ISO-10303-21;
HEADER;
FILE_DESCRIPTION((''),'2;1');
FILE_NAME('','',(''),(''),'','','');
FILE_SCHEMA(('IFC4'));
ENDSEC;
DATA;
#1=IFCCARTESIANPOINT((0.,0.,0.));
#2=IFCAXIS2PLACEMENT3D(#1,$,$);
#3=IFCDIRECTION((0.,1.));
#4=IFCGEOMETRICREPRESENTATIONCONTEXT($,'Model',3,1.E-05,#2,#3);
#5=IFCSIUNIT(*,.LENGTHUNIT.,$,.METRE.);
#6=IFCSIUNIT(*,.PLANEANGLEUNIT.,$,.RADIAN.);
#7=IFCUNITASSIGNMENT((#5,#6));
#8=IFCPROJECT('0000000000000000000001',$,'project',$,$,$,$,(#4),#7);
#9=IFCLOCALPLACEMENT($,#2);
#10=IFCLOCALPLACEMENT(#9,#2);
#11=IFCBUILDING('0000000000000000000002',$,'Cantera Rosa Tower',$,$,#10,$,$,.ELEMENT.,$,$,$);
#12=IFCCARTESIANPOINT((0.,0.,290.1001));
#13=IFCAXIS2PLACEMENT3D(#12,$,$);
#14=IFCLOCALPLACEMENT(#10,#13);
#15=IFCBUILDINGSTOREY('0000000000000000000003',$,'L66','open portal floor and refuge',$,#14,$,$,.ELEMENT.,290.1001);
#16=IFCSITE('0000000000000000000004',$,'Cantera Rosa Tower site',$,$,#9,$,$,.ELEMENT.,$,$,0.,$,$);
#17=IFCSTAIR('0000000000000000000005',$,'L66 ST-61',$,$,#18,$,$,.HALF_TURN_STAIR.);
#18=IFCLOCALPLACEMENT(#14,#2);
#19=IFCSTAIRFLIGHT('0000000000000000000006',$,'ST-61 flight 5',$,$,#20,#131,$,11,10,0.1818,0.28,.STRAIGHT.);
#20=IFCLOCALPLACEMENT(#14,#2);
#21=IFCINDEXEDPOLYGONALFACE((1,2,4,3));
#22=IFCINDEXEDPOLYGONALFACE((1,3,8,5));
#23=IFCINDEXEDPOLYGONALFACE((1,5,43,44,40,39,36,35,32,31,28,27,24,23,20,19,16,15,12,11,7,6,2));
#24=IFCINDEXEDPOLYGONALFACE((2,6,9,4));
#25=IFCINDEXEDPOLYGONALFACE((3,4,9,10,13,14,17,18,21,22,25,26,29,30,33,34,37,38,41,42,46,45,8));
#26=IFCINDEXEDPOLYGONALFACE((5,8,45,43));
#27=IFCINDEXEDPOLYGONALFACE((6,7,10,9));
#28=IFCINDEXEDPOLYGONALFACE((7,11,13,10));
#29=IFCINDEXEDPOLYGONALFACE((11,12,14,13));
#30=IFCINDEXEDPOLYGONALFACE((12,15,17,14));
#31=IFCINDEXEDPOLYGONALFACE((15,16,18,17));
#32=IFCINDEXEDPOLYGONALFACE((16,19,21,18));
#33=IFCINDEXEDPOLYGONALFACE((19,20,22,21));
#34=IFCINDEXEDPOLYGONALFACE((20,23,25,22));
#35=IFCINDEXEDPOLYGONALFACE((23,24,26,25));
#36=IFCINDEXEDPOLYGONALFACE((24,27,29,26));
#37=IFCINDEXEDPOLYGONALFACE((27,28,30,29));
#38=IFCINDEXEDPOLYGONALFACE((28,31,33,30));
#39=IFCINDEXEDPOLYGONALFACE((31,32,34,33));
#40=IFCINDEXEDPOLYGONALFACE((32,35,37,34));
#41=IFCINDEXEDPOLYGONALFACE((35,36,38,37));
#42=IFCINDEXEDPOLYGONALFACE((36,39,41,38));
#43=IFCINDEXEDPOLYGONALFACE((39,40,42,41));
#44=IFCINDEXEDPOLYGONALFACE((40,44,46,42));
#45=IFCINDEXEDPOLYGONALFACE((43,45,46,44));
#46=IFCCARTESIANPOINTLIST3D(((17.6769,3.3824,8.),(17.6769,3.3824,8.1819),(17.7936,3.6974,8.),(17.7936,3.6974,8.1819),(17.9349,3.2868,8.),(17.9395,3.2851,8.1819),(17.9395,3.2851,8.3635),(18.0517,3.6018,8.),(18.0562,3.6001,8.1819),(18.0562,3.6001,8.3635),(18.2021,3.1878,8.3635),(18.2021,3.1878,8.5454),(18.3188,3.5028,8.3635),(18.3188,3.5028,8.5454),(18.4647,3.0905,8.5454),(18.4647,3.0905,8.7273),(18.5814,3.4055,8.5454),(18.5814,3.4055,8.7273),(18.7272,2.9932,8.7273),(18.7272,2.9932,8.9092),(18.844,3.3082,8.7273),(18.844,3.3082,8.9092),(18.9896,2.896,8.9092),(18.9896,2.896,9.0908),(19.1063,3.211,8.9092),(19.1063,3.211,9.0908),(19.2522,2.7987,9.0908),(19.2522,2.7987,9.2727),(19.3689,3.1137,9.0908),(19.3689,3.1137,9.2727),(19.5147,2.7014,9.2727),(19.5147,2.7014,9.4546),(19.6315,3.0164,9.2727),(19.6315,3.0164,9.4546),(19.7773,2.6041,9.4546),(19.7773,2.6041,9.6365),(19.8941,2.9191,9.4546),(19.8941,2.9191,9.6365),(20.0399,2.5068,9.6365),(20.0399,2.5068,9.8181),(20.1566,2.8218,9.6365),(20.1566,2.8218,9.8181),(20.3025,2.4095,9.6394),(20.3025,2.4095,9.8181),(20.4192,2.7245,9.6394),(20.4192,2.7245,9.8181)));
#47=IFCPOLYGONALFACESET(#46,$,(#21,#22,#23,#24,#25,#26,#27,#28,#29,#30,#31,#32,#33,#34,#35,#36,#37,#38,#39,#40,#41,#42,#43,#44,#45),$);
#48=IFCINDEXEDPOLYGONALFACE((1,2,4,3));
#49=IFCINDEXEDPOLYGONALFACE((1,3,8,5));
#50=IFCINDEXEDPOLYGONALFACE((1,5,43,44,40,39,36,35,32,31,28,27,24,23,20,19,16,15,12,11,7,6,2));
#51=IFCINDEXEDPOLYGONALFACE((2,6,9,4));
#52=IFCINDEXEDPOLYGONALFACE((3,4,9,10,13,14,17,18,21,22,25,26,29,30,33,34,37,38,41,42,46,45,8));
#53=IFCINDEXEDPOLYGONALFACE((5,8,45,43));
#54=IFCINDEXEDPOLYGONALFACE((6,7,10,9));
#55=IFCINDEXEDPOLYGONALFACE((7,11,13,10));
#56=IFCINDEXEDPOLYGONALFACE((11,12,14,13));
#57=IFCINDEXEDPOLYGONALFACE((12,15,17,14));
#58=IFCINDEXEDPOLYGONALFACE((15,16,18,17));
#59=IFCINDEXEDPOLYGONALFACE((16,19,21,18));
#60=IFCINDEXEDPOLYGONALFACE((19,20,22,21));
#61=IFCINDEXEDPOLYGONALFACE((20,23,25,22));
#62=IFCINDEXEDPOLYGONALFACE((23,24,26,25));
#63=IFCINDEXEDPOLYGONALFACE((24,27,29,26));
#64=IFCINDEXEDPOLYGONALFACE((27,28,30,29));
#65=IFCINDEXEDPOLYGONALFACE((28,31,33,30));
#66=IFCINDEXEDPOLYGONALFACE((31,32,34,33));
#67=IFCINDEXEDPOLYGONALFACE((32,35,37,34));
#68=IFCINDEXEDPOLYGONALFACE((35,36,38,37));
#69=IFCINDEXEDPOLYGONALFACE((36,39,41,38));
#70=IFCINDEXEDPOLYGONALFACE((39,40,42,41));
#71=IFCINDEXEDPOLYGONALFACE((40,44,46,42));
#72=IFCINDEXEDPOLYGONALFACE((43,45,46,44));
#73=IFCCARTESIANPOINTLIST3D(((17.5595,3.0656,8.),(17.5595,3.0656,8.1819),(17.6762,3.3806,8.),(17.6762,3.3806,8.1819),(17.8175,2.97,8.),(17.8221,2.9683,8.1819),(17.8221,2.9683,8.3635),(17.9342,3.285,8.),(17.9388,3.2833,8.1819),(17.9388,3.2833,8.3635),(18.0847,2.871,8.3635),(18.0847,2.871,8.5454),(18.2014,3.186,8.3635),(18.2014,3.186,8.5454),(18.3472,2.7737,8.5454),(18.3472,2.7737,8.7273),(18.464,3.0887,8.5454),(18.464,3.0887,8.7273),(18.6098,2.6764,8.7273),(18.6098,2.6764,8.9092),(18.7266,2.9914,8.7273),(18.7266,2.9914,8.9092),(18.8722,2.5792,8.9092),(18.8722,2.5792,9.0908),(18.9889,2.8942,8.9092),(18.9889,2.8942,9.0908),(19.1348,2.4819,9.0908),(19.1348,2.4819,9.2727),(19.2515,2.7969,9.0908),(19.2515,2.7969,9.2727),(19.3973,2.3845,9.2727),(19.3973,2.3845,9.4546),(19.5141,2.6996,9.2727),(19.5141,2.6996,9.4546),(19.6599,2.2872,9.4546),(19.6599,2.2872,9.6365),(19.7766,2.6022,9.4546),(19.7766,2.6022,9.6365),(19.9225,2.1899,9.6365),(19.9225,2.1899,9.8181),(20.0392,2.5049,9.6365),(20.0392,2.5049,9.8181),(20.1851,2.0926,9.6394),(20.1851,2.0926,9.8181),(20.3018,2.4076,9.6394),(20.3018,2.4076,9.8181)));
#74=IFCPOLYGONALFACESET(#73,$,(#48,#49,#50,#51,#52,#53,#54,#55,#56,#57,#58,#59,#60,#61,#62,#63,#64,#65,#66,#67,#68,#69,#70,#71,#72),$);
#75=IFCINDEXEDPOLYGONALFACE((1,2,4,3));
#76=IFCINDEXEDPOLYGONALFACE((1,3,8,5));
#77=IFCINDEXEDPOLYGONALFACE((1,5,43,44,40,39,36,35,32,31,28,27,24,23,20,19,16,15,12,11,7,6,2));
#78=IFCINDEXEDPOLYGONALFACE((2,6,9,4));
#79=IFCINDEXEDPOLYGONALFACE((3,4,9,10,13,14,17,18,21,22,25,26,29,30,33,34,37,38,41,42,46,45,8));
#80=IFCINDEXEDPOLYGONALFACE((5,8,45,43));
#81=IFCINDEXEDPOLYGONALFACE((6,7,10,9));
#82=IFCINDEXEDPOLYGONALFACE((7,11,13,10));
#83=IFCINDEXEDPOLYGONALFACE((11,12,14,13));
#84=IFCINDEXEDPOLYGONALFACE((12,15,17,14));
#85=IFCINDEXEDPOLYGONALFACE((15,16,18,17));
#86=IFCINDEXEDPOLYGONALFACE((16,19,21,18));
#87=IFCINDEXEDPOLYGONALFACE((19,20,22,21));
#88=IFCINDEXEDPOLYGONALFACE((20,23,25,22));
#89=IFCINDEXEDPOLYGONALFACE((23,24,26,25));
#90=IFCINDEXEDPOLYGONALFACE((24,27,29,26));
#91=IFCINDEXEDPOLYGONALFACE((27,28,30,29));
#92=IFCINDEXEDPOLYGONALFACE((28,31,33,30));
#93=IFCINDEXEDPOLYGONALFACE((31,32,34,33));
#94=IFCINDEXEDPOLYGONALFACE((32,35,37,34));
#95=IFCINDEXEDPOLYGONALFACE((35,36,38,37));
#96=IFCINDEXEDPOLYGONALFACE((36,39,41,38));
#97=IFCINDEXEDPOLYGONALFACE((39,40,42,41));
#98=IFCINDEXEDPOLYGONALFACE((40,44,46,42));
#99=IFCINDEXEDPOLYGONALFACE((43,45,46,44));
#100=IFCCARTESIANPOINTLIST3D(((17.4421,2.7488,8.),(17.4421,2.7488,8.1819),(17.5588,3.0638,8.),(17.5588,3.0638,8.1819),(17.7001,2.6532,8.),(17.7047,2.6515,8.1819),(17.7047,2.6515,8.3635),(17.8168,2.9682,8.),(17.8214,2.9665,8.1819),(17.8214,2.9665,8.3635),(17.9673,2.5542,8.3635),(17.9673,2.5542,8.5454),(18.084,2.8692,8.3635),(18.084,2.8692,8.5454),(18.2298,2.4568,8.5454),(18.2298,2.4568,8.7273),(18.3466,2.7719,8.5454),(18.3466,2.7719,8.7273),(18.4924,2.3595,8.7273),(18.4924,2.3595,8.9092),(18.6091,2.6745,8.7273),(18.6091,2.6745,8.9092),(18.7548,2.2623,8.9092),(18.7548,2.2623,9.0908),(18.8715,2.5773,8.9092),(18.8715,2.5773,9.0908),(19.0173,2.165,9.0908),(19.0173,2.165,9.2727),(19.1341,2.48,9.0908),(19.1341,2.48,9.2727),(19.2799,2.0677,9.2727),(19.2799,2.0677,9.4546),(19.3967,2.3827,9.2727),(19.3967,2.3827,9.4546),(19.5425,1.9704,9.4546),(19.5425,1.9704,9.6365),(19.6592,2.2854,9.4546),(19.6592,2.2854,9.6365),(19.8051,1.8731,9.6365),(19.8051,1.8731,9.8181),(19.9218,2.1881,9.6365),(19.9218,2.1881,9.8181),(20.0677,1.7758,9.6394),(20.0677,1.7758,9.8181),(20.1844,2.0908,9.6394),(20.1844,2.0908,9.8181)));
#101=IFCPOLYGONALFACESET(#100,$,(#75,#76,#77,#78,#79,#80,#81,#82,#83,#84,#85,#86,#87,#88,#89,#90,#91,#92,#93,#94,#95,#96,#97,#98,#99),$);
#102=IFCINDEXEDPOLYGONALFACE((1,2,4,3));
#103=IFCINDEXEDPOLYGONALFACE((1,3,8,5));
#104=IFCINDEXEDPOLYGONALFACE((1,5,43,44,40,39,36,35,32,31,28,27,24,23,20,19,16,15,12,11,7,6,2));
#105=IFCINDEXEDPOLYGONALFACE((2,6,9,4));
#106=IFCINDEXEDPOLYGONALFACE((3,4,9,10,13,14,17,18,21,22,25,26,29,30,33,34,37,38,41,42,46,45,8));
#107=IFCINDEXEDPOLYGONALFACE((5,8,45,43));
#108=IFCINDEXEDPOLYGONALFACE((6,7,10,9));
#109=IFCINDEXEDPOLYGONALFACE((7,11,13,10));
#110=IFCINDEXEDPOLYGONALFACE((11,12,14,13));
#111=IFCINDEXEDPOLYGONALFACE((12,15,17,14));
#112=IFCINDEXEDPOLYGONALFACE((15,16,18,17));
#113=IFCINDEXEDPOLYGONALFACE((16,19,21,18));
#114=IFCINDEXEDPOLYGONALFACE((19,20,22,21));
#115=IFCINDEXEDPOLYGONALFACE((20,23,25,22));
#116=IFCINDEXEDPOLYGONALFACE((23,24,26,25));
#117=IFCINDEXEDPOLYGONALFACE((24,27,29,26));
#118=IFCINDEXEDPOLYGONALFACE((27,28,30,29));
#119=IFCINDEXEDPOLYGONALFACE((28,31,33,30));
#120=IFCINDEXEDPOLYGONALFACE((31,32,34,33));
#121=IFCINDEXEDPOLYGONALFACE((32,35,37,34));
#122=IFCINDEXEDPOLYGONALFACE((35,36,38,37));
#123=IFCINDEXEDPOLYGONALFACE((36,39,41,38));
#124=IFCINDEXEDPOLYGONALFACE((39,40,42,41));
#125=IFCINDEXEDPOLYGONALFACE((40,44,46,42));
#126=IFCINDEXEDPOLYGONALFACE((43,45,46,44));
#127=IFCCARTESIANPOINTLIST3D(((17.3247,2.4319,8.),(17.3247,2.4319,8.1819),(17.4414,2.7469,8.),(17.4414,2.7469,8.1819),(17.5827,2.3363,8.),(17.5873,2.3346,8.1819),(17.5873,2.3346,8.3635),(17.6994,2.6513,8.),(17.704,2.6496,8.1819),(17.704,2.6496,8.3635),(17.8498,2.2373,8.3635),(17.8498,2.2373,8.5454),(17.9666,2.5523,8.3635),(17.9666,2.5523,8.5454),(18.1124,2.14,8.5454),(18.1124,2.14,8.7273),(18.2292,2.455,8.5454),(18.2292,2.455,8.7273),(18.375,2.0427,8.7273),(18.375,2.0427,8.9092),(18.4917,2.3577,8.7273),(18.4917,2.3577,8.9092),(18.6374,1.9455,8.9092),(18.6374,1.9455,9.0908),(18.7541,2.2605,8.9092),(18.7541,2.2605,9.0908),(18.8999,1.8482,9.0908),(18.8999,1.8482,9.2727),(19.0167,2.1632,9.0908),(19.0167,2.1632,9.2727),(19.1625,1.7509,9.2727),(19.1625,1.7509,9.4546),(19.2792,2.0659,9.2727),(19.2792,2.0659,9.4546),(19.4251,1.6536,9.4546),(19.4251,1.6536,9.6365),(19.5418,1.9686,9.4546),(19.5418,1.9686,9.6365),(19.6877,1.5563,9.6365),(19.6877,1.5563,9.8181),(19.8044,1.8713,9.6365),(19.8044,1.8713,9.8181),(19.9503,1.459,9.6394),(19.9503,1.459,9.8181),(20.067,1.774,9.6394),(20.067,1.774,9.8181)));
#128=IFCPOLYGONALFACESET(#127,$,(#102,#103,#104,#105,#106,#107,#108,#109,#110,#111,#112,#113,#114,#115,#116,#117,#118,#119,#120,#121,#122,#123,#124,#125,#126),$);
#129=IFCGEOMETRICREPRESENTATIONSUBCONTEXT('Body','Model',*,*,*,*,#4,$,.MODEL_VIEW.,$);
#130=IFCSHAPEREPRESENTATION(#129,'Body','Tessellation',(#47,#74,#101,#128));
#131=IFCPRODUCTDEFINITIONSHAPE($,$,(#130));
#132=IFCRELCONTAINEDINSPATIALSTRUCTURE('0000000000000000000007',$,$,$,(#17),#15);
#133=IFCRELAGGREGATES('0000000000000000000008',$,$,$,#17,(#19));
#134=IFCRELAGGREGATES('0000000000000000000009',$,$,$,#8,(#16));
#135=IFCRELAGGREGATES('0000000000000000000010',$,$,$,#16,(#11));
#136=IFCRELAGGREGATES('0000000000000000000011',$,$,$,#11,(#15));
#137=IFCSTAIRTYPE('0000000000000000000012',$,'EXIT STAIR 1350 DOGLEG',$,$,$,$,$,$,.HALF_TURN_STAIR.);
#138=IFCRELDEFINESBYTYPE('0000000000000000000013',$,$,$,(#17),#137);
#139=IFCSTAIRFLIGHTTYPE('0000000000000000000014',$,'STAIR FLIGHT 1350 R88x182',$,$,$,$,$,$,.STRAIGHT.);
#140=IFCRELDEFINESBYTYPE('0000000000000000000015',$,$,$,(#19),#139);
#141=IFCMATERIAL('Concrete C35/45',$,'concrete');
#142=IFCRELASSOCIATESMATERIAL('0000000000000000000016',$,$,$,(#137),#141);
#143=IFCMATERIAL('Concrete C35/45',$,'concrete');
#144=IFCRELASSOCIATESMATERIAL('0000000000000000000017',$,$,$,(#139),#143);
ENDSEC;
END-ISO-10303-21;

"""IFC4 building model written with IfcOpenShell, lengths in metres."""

from ifc_helpers import new_model, si_unit, direction, frame, origin, place, context, subcontext, project, spatial, polyline, outline, extrude, material, type_object, element, aggregate, save


model = new_model("IFC4")

# Units and contexts
model_context = context("Model", 3, precision=1e-05, world=origin(), true_north=direction((0.0, 1.0)))
body_context = subcontext(model_context, "Body", "Model", "MODEL_VIEW")
ifc_project = project(units=[si_unit("LENGTHUNIT", "METRE"), si_unit("PLANEANGLEUNIT", "RADIAN")], contexts=[model_context])

# Site, building, storey
site_placement = place(None, origin())
site = spatial("IfcSite", under=ifc_project, at=site_placement, Name="Cantera Rosa Tower site", CompositionType="ELEMENT", RefElevation=0.0)
building_placement = place(site_placement, origin())
building = spatial("IfcBuilding", under=site, at=building_placement, Name="Cantera Rosa Tower", CompositionType="ELEMENT")
storey_placement = place(building_placement, frame((0.0, 0.0, 290.1001)))
storey = spatial("IfcBuildingStorey", under=building, at=storey_placement, Name="L66", Description="open portal floor and refuge", CompositionType="ELEMENT", Elevation=290.1001)

# Stair, stair flight
ifc_material_1 = material(Name="Concrete C35/45", Category="concrete")
stair_type = type_object("IfcStairType", Name="EXIT STAIR 1350 DOGLEG", PredefinedType="HALF_TURN_STAIR", material=ifc_material_1)
stair_placement = place(storey_placement, origin())
stair = element("IfcStair", 1, at=stair_placement, inside=storey, type_object=stair_type, Name="L66 ST-61", PredefinedType="HALF_TURN_STAIR")
ifc_material_2 = material(Name="Concrete C35/45", Category="concrete")
stair_flight_type = type_object("IfcStairFlightType", Name="STAIR FLIGHT 1350 R88x182", PredefinedType="STRAIGHT", material=ifc_material_2)
stair_flight_1_placement = place(storey_placement, frame((17.5591, 3.0645, 8.0), z_axis=(0.0, 0.0, 1.0), x_axis=(0.937687, -0.347481, 0.0)))
stair_flight_1 = element("IfcStairFlight", 2, at=stair_flight_1_placement, type_object=stair_flight_type, Name="ST-61 flight 5", NumberOfRisers=11, NumberOfTreads=10, PredefinedType="STRAIGHT", RiserHeight=0.1818, TreadLength=0.28, context=body_context, shape_type="SweptSolid", body=[
    extrude(outline(polyline([(0.0, 0.0), (0.0, 0.1819), (0.28, 0.1819), (0.28, 0.3635), (0.5601, 0.3635), (0.5601, 0.5454), (0.8401, 0.5454), (0.8401, 0.7273), (1.1201, 0.7273), (1.1201, 0.9092), (1.3999, 0.9092), (1.3999, 1.0908), (1.6799, 1.0908), (1.6799, 1.2727), (1.96, 1.2727), (1.96, 1.4546), (2.24, 1.4546), (2.24, 1.6365), (2.52, 1.6365), (2.52, 1.8181), (2.8, 1.8181), (2.8, 2.0), (2.8, 1.6394), (0.2751, 0.0), (0.0, 0.0)])), frame((0.0, 0.675, 0.0), z_axis=(0.0, -1.0, 0.0), x_axis=(1.0, 0.0, 0.0)), (0.0, 0.0, 1.0), 0.3359),
    extrude(outline(polyline([(0.0, 0.0), (0.0, 0.1819), (0.28, 0.1819), (0.28, 0.3635), (0.5601, 0.3635), (0.5601, 0.5454), (0.8401, 0.5454), (0.8401, 0.7273), (1.1201, 0.7273), (1.1201, 0.9092), (1.3999, 0.9092), (1.3999, 1.0908), (1.6799, 1.0908), (1.6799, 1.2727), (1.96, 1.2727), (1.96, 1.4546), (2.24, 1.4546), (2.24, 1.6365), (2.52, 1.6365), (2.52, 1.8181), (2.8, 1.8181), (2.8, 2.0), (2.8, 1.6394), (0.2751, 0.0), (0.0, 0.0)])), frame((0.0, 0.3372, 0.0), z_axis=(0.0, -1.0, 0.0), x_axis=(1.0, 0.0, 0.0)), (0.0, 0.0, 1.0), 0.3359),
    extrude(outline(polyline([(0.0, 0.0), (0.0, 0.1819), (0.28, 0.1819), (0.28, 0.3635), (0.5601, 0.3635), (0.5601, 0.5454), (0.8401, 0.5454), (0.8401, 0.7273), (1.1201, 0.7273), (1.1201, 0.9092), (1.3999, 0.9092), (1.3999, 1.0908), (1.6799, 1.0908), (1.6799, 1.2727), (1.96, 1.2727), (1.96, 1.4546), (2.24, 1.4546), (2.24, 1.6365), (2.52, 1.6365), (2.52, 1.8181), (2.8, 1.8181), (2.8, 2.0), (2.8, 1.6394), (0.2751, 0.0), (0.0, 0.0)])), frame((0.0, -0.0007, 0.0), z_axis=(0.0, -1.0, 0.0), x_axis=(1.0, 0.0, 0.0)), (0.0, 0.0, 1.0), 0.3359),
    extrude(outline(polyline([(0.0, 0.0), (0.0, 0.1819), (0.28, 0.1819), (0.28, 0.3635), (0.5601, 0.3635), (0.5601, 0.5454), (0.8401, 0.5454), (0.8401, 0.7273), (1.1201, 0.7273), (1.1201, 0.9092), (1.3999, 0.9092), (1.3999, 1.0908), (1.6799, 1.0908), (1.6799, 1.2727), (1.96, 1.2727), (1.96, 1.4546), (2.24, 1.4546), (2.24, 1.6365), (2.52, 1.6365), (2.52, 1.8181), (2.8, 1.8181), (2.8, 2.0), (2.8, 1.6394), (0.2751, 0.0), (0.0, 0.0)])), frame((0.0, -0.3386, 0.0), z_axis=(0.0, -1.0, 0.0), x_axis=(1.0, 0.0, 0.0)), (0.0, 0.0, 1.0), 0.3359),
])
aggregate(stair, [stair_flight_1])

save(model, "model.ifc")
